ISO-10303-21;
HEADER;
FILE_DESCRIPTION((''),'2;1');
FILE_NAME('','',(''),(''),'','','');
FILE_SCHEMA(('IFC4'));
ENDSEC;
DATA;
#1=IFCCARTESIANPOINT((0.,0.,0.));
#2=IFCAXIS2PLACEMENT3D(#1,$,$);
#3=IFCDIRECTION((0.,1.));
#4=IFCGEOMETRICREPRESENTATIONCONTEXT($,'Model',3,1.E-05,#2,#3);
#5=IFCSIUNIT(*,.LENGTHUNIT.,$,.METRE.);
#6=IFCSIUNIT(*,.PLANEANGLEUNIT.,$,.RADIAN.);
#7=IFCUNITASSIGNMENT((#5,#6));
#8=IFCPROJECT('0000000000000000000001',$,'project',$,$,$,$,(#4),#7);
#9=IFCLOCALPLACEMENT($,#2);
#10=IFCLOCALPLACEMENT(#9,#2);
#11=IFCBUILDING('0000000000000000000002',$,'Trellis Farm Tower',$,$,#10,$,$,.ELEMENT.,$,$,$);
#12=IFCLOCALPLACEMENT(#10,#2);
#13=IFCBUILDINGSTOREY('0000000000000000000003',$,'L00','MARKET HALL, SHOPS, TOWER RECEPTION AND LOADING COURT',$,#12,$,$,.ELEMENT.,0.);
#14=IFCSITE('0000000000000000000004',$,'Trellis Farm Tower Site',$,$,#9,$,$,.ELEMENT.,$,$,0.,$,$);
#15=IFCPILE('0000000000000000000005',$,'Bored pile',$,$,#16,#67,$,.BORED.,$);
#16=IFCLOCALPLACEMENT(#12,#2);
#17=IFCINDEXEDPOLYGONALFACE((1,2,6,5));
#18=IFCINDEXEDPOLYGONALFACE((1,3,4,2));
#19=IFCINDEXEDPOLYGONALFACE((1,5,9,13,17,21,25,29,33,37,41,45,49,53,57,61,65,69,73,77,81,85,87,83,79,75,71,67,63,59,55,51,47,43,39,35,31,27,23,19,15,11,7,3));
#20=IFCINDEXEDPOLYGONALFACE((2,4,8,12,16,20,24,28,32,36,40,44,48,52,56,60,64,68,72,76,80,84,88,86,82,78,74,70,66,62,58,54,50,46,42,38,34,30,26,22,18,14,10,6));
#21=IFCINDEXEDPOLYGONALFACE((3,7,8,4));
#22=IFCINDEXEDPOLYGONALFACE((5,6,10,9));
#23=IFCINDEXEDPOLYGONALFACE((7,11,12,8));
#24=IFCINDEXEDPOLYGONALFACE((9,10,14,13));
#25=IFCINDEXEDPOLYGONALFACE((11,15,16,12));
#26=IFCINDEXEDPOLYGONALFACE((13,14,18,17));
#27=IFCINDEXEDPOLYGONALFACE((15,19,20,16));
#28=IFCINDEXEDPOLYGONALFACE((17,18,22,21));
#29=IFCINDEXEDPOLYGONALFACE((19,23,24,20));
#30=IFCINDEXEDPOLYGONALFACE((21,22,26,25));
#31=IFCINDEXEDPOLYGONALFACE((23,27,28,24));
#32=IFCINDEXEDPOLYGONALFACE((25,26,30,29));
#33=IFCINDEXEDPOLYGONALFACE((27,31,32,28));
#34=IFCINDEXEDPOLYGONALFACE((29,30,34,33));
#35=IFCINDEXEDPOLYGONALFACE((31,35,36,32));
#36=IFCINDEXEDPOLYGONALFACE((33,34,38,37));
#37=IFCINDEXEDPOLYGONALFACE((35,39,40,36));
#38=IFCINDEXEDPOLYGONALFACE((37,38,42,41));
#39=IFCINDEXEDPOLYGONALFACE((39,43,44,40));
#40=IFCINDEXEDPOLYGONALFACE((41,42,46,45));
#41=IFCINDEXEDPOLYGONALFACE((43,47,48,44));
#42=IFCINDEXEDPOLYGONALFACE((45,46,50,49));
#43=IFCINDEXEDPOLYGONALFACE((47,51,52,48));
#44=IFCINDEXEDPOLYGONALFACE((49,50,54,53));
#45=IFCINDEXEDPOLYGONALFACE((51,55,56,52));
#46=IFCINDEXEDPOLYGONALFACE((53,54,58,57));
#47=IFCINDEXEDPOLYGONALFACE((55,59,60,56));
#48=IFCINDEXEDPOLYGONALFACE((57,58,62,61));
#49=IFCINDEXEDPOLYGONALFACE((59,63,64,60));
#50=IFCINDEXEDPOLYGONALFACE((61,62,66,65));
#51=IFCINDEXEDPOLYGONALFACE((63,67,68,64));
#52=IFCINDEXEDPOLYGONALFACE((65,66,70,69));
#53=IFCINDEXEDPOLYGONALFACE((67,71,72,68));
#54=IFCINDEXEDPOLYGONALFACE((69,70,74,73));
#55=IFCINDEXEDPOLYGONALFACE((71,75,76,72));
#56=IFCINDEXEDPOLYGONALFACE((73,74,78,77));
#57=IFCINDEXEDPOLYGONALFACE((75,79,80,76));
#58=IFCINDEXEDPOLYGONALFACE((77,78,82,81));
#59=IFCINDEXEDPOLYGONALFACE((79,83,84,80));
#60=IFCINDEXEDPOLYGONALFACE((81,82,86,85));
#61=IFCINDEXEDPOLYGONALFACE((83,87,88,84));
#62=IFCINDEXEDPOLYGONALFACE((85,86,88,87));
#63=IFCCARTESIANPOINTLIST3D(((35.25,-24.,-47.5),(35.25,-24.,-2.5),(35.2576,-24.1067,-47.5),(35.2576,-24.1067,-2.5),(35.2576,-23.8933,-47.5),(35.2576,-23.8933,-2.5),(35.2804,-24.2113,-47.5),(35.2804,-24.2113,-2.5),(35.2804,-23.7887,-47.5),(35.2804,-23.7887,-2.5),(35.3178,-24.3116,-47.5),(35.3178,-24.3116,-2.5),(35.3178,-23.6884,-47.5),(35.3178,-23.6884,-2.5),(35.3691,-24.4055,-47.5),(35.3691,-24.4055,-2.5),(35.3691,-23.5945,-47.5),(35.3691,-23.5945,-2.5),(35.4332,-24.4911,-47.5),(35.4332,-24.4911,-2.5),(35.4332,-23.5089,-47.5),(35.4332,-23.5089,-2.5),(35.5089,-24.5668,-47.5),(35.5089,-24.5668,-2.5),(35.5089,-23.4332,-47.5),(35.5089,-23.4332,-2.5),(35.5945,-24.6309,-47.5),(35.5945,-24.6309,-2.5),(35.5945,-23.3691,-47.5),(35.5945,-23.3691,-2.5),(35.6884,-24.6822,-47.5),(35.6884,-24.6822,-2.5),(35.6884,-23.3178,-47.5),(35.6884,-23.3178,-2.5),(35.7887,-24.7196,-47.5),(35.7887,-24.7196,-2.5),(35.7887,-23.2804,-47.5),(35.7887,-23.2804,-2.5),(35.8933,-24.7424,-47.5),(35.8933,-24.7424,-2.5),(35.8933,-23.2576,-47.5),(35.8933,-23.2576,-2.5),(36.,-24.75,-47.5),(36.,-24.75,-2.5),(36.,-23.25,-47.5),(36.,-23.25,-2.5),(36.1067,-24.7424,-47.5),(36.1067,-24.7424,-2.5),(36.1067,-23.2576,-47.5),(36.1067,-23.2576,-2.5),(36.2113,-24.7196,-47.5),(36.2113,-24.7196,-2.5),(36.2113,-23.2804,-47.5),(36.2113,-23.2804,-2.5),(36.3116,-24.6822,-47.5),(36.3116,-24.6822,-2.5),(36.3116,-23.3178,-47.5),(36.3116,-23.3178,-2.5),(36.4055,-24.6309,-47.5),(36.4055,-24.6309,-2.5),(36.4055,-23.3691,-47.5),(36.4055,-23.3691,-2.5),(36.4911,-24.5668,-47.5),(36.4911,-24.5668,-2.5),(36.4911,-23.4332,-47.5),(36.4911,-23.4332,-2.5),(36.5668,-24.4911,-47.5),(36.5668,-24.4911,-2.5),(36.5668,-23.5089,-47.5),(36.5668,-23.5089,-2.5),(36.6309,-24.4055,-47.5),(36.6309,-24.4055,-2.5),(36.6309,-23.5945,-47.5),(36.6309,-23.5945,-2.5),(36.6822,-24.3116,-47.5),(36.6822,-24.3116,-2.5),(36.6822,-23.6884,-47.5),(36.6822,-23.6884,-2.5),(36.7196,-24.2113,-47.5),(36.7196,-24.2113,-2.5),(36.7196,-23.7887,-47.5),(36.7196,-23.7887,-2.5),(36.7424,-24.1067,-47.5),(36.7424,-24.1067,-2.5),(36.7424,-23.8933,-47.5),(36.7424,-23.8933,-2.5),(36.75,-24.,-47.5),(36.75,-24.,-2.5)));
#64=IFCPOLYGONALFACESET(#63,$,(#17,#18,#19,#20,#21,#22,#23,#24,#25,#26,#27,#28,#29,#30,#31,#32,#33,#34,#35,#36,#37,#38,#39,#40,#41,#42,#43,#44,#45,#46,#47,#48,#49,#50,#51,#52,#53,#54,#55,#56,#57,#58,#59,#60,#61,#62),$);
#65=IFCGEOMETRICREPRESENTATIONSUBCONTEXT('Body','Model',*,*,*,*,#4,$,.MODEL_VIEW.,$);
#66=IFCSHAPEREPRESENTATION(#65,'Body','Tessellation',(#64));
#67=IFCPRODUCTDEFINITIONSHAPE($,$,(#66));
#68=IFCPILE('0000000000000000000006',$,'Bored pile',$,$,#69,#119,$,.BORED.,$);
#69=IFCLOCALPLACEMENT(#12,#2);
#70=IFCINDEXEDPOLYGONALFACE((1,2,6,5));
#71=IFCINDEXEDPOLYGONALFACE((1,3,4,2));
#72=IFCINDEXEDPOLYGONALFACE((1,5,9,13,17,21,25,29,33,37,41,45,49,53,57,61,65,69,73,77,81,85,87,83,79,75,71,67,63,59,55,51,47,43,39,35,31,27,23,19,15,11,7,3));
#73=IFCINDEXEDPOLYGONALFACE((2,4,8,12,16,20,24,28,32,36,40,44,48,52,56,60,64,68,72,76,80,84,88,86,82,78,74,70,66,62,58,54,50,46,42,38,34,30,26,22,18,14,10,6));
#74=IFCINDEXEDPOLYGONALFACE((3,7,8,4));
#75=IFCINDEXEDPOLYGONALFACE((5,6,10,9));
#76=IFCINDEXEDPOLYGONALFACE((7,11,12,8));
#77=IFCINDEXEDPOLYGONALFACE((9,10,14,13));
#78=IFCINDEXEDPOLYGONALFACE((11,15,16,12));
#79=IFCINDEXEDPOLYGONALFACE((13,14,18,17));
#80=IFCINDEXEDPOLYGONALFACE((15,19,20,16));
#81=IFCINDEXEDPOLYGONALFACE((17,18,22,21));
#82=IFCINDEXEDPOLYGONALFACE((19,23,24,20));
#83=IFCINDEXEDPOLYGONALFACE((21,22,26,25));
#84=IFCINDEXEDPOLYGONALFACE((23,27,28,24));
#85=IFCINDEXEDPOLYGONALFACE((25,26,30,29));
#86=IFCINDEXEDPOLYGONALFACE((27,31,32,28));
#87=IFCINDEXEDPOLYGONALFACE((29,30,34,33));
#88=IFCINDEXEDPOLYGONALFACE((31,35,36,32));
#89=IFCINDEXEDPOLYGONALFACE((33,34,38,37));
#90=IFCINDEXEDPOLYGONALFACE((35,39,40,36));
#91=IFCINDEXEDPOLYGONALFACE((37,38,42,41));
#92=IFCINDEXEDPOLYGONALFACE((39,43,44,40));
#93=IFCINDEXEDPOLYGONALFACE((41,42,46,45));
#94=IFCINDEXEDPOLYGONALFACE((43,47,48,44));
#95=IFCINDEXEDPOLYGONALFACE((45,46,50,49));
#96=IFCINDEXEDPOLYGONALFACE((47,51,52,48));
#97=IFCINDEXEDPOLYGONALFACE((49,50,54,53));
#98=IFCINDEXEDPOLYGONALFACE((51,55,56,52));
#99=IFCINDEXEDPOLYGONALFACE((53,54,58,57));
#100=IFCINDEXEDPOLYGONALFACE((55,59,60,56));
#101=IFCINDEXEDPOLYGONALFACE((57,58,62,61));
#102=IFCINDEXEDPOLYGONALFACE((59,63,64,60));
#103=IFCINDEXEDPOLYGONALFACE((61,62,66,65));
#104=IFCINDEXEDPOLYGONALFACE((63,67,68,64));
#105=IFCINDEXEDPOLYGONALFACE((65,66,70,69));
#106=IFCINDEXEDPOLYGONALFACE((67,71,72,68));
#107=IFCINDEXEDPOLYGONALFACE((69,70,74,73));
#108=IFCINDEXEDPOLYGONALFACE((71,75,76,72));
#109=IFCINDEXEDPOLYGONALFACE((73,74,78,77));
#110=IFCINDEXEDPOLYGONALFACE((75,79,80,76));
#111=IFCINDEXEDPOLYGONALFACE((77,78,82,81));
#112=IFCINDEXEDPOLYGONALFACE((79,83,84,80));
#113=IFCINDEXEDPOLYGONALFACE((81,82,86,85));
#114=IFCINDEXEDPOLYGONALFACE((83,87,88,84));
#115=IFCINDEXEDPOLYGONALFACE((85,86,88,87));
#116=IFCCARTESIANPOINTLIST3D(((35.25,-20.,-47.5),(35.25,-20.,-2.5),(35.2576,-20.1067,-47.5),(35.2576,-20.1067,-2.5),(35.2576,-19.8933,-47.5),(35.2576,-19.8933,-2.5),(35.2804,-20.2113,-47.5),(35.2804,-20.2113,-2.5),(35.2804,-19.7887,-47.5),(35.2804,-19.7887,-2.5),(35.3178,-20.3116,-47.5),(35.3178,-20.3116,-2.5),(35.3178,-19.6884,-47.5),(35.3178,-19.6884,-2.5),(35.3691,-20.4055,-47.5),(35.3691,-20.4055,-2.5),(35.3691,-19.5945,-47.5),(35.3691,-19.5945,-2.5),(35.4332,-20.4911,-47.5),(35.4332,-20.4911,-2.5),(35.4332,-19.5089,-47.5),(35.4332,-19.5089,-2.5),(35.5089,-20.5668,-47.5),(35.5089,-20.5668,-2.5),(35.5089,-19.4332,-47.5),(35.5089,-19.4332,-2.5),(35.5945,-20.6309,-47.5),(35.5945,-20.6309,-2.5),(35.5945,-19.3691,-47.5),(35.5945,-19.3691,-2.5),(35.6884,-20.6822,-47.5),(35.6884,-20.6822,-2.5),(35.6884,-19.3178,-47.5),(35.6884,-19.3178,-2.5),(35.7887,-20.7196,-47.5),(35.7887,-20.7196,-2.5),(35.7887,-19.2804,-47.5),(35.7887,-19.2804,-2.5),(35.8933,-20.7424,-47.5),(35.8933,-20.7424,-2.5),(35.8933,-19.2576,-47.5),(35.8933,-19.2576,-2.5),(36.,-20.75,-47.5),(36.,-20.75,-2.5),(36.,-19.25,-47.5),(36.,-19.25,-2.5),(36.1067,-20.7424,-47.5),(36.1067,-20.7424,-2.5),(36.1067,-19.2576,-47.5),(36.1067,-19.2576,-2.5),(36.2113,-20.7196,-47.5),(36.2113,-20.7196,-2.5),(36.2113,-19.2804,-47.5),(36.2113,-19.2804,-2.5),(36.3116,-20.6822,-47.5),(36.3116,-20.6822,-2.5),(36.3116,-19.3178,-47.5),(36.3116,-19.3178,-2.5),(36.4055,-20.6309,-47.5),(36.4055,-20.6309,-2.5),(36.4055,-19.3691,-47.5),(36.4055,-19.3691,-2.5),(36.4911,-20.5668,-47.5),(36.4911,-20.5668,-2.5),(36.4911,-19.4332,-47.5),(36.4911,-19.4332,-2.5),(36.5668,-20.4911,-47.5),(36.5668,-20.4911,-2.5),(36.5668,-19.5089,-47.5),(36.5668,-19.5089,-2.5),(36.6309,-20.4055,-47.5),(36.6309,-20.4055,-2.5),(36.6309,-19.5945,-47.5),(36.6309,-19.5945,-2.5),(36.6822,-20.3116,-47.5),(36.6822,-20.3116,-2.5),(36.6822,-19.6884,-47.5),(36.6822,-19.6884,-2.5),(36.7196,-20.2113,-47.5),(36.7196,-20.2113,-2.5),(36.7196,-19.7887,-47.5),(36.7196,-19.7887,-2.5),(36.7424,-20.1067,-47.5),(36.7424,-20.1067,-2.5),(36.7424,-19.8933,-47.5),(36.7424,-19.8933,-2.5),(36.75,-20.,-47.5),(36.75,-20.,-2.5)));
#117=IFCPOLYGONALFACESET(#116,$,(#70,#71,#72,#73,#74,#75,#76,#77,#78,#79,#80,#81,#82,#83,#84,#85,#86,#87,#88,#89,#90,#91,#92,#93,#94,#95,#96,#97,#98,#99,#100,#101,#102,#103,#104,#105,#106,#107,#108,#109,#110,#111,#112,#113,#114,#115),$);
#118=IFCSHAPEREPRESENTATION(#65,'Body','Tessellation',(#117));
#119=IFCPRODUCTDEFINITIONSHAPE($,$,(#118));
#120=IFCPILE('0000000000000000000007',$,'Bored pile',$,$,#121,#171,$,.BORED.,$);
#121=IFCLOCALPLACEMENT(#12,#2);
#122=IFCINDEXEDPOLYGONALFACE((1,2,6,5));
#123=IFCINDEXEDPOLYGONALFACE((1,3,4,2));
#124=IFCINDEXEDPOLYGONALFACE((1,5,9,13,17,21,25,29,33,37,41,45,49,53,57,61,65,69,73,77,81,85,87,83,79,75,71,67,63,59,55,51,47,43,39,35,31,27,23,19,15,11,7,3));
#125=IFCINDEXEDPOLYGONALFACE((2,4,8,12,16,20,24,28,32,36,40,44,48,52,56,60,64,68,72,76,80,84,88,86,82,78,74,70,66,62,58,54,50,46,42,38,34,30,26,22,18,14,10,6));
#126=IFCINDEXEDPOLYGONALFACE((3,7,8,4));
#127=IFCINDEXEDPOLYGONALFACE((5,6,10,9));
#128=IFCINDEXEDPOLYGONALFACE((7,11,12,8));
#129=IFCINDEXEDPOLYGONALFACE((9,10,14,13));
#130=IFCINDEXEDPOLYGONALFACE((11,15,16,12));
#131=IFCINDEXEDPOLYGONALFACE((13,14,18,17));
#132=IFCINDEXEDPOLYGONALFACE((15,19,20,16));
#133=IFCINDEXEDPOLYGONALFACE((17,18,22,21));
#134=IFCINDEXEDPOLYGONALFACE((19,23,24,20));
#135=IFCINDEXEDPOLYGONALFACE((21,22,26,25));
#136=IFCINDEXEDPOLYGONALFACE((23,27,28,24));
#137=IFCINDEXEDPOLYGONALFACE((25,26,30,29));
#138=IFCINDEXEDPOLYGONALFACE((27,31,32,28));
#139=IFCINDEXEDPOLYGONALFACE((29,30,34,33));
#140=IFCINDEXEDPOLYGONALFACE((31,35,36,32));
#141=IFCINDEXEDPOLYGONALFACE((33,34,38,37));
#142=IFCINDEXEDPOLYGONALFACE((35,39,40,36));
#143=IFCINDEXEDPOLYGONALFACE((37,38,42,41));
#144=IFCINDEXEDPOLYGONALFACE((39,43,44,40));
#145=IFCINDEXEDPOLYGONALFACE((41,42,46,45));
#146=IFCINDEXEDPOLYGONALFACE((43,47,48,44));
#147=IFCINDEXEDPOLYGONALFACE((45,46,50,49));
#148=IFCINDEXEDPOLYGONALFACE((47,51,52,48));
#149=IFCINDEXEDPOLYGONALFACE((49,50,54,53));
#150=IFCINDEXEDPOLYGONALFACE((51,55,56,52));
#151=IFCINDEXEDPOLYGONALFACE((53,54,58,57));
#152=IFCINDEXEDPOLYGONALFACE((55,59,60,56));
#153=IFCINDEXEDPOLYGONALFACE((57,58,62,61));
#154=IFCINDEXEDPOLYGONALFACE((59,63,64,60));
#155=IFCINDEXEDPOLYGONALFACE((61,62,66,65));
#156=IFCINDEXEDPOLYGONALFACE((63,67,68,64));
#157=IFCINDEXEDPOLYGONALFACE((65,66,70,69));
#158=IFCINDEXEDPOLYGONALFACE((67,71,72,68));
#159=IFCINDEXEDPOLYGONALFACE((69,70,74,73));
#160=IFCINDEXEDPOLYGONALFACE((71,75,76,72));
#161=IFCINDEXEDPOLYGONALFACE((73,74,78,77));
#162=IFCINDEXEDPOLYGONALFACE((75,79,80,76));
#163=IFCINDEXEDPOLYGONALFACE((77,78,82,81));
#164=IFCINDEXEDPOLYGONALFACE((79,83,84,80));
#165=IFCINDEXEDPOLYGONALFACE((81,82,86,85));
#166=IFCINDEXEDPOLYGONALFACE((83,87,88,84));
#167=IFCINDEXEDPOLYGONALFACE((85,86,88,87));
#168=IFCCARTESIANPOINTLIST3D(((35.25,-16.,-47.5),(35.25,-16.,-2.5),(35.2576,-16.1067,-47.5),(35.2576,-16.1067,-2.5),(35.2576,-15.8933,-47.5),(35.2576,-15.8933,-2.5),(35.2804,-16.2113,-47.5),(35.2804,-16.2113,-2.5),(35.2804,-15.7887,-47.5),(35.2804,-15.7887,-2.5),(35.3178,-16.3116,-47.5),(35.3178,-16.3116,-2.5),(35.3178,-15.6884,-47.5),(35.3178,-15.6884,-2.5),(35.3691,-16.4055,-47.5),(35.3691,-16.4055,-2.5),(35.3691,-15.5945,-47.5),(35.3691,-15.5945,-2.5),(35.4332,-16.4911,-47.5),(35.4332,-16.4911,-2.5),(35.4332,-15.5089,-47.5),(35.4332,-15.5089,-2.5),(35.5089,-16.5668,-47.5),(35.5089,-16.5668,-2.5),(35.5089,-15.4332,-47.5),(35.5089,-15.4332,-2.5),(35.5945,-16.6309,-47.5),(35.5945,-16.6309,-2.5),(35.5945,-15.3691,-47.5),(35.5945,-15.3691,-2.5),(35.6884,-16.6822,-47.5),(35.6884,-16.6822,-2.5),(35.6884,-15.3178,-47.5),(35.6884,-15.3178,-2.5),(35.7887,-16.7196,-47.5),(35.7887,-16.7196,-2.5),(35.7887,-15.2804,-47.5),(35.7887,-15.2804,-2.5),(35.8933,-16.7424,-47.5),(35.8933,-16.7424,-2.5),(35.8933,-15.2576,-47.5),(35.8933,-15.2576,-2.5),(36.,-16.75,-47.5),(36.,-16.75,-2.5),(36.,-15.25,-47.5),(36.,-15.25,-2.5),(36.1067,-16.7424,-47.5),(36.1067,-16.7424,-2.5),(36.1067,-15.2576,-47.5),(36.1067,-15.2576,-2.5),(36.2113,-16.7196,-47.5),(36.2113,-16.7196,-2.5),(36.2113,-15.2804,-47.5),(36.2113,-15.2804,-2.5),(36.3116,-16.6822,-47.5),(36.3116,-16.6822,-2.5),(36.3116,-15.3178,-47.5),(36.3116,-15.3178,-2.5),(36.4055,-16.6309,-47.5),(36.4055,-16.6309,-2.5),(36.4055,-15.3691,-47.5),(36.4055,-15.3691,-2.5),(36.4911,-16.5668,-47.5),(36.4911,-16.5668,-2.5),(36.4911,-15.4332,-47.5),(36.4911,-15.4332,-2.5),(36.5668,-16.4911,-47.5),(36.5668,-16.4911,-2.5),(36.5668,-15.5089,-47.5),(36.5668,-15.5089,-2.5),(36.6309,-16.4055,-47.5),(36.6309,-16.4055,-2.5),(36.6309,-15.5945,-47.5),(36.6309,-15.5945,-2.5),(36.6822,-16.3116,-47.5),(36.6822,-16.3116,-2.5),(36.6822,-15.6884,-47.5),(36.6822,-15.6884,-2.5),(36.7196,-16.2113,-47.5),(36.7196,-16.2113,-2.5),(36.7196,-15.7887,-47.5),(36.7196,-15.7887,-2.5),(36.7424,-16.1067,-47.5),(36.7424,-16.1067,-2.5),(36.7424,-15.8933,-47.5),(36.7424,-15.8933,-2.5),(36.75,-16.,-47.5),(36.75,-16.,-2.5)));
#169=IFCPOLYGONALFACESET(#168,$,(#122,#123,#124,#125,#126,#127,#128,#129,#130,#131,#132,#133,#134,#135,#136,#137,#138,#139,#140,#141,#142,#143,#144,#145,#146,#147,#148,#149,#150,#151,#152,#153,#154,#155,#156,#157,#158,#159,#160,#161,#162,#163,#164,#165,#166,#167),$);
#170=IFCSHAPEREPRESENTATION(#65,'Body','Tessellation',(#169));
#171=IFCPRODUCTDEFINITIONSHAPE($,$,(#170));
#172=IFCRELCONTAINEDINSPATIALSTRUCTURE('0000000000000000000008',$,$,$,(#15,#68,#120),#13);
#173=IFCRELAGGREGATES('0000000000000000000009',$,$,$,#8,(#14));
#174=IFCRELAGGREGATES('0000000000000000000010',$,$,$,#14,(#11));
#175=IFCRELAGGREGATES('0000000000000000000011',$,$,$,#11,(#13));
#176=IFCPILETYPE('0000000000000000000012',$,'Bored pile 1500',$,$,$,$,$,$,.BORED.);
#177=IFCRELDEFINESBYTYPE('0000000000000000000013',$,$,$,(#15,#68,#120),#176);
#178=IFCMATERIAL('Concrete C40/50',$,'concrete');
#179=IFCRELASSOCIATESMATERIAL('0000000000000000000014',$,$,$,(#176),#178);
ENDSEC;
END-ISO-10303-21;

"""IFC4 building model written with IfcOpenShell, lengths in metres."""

from ifc_helpers import new_model, si_unit, direction, frame, origin, origin_2d, place, context, subcontext, project, spatial, circle, extrude, source, transform, mapped, material, material_profile, profile_set, type_object, element, save


model = new_model("IFC4")

# Units and contexts
model_context = context("Model", 3, precision=1e-05, world=origin(), true_north=direction((0.0, 1.0)))
body_context = subcontext(model_context, "Body", "Model", "MODEL_VIEW")
ifc_project = project(units=[si_unit("LENGTHUNIT", "METRE"), si_unit("PLANEANGLEUNIT", "RADIAN")], contexts=[model_context])

# Site, building, storey
site_placement = place(None, origin())
site = spatial("IfcSite", under=ifc_project, at=site_placement, Name="Trellis Farm Tower Site", CompositionType="ELEMENT", RefElevation=0.0)
building_placement = place(site_placement, origin())
building = spatial("IfcBuilding", under=site, at=building_placement, Name="Trellis Farm Tower", CompositionType="ELEMENT")
storey_placement = place(building_placement, origin())
storey = spatial("IfcBuildingStorey", under=building, at=storey_placement, Name="L00", Description="MARKET HALL, SHOPS, TOWER RECEPTION AND LOADING COURT", CompositionType="ELEMENT", Elevation=0.0)

# Piles
ifc_material_1 = material(Name="Concrete C40/50", Category="concrete")
ifc_material_profile_1 = material_profile(ifc_material_1, circle(Radius=0.75, at=origin_2d()), Name="Bored pile 1500")
ifc_profile_set_1 = profile_set([ifc_material_profile_1], Name="Concrete C40/50")
pile_type = type_object("IfcPileType", Name="Bored pile 1500", PredefinedType="BORED", material=ifc_profile_set_1)
shared_shape_1 = source(origin(), body_context, "Body", "SweptSolid", [
    extrude(circle(Radius=0.75, at=origin_2d()), origin(), (0.0, 0.0, 1.0), 45.0),
])
for number, where, z_axis, x_axis, name in (
    (1, (36.0, -24.0, -2.5), (0.0, 0.0, -1.0), (1.0, 0.0, 0.0), "Bored pile"),
    (2, (36.0, -20.0, -2.5), (0.0, 0.0, -1.0), (1.0, 0.0, 0.0), "Bored pile"),
    (3, (36.0, -16.0, -2.5), (0.0, 0.0, -1.0), (1.0, 0.0, 0.0), "Bored pile"),
):
    element("IfcPile", number, at=place(storey_placement, frame(where, z_axis=z_axis, x_axis=x_axis)), inside=storey, type_object=pile_type, Name=name, PredefinedType="BORED", context=body_context, shape_type="MappedRepresentation", body=[
        mapped(shared_shape_1, transform((0.0, 0.0, 0.0))),
    ])

save(model, "model.ifc")
